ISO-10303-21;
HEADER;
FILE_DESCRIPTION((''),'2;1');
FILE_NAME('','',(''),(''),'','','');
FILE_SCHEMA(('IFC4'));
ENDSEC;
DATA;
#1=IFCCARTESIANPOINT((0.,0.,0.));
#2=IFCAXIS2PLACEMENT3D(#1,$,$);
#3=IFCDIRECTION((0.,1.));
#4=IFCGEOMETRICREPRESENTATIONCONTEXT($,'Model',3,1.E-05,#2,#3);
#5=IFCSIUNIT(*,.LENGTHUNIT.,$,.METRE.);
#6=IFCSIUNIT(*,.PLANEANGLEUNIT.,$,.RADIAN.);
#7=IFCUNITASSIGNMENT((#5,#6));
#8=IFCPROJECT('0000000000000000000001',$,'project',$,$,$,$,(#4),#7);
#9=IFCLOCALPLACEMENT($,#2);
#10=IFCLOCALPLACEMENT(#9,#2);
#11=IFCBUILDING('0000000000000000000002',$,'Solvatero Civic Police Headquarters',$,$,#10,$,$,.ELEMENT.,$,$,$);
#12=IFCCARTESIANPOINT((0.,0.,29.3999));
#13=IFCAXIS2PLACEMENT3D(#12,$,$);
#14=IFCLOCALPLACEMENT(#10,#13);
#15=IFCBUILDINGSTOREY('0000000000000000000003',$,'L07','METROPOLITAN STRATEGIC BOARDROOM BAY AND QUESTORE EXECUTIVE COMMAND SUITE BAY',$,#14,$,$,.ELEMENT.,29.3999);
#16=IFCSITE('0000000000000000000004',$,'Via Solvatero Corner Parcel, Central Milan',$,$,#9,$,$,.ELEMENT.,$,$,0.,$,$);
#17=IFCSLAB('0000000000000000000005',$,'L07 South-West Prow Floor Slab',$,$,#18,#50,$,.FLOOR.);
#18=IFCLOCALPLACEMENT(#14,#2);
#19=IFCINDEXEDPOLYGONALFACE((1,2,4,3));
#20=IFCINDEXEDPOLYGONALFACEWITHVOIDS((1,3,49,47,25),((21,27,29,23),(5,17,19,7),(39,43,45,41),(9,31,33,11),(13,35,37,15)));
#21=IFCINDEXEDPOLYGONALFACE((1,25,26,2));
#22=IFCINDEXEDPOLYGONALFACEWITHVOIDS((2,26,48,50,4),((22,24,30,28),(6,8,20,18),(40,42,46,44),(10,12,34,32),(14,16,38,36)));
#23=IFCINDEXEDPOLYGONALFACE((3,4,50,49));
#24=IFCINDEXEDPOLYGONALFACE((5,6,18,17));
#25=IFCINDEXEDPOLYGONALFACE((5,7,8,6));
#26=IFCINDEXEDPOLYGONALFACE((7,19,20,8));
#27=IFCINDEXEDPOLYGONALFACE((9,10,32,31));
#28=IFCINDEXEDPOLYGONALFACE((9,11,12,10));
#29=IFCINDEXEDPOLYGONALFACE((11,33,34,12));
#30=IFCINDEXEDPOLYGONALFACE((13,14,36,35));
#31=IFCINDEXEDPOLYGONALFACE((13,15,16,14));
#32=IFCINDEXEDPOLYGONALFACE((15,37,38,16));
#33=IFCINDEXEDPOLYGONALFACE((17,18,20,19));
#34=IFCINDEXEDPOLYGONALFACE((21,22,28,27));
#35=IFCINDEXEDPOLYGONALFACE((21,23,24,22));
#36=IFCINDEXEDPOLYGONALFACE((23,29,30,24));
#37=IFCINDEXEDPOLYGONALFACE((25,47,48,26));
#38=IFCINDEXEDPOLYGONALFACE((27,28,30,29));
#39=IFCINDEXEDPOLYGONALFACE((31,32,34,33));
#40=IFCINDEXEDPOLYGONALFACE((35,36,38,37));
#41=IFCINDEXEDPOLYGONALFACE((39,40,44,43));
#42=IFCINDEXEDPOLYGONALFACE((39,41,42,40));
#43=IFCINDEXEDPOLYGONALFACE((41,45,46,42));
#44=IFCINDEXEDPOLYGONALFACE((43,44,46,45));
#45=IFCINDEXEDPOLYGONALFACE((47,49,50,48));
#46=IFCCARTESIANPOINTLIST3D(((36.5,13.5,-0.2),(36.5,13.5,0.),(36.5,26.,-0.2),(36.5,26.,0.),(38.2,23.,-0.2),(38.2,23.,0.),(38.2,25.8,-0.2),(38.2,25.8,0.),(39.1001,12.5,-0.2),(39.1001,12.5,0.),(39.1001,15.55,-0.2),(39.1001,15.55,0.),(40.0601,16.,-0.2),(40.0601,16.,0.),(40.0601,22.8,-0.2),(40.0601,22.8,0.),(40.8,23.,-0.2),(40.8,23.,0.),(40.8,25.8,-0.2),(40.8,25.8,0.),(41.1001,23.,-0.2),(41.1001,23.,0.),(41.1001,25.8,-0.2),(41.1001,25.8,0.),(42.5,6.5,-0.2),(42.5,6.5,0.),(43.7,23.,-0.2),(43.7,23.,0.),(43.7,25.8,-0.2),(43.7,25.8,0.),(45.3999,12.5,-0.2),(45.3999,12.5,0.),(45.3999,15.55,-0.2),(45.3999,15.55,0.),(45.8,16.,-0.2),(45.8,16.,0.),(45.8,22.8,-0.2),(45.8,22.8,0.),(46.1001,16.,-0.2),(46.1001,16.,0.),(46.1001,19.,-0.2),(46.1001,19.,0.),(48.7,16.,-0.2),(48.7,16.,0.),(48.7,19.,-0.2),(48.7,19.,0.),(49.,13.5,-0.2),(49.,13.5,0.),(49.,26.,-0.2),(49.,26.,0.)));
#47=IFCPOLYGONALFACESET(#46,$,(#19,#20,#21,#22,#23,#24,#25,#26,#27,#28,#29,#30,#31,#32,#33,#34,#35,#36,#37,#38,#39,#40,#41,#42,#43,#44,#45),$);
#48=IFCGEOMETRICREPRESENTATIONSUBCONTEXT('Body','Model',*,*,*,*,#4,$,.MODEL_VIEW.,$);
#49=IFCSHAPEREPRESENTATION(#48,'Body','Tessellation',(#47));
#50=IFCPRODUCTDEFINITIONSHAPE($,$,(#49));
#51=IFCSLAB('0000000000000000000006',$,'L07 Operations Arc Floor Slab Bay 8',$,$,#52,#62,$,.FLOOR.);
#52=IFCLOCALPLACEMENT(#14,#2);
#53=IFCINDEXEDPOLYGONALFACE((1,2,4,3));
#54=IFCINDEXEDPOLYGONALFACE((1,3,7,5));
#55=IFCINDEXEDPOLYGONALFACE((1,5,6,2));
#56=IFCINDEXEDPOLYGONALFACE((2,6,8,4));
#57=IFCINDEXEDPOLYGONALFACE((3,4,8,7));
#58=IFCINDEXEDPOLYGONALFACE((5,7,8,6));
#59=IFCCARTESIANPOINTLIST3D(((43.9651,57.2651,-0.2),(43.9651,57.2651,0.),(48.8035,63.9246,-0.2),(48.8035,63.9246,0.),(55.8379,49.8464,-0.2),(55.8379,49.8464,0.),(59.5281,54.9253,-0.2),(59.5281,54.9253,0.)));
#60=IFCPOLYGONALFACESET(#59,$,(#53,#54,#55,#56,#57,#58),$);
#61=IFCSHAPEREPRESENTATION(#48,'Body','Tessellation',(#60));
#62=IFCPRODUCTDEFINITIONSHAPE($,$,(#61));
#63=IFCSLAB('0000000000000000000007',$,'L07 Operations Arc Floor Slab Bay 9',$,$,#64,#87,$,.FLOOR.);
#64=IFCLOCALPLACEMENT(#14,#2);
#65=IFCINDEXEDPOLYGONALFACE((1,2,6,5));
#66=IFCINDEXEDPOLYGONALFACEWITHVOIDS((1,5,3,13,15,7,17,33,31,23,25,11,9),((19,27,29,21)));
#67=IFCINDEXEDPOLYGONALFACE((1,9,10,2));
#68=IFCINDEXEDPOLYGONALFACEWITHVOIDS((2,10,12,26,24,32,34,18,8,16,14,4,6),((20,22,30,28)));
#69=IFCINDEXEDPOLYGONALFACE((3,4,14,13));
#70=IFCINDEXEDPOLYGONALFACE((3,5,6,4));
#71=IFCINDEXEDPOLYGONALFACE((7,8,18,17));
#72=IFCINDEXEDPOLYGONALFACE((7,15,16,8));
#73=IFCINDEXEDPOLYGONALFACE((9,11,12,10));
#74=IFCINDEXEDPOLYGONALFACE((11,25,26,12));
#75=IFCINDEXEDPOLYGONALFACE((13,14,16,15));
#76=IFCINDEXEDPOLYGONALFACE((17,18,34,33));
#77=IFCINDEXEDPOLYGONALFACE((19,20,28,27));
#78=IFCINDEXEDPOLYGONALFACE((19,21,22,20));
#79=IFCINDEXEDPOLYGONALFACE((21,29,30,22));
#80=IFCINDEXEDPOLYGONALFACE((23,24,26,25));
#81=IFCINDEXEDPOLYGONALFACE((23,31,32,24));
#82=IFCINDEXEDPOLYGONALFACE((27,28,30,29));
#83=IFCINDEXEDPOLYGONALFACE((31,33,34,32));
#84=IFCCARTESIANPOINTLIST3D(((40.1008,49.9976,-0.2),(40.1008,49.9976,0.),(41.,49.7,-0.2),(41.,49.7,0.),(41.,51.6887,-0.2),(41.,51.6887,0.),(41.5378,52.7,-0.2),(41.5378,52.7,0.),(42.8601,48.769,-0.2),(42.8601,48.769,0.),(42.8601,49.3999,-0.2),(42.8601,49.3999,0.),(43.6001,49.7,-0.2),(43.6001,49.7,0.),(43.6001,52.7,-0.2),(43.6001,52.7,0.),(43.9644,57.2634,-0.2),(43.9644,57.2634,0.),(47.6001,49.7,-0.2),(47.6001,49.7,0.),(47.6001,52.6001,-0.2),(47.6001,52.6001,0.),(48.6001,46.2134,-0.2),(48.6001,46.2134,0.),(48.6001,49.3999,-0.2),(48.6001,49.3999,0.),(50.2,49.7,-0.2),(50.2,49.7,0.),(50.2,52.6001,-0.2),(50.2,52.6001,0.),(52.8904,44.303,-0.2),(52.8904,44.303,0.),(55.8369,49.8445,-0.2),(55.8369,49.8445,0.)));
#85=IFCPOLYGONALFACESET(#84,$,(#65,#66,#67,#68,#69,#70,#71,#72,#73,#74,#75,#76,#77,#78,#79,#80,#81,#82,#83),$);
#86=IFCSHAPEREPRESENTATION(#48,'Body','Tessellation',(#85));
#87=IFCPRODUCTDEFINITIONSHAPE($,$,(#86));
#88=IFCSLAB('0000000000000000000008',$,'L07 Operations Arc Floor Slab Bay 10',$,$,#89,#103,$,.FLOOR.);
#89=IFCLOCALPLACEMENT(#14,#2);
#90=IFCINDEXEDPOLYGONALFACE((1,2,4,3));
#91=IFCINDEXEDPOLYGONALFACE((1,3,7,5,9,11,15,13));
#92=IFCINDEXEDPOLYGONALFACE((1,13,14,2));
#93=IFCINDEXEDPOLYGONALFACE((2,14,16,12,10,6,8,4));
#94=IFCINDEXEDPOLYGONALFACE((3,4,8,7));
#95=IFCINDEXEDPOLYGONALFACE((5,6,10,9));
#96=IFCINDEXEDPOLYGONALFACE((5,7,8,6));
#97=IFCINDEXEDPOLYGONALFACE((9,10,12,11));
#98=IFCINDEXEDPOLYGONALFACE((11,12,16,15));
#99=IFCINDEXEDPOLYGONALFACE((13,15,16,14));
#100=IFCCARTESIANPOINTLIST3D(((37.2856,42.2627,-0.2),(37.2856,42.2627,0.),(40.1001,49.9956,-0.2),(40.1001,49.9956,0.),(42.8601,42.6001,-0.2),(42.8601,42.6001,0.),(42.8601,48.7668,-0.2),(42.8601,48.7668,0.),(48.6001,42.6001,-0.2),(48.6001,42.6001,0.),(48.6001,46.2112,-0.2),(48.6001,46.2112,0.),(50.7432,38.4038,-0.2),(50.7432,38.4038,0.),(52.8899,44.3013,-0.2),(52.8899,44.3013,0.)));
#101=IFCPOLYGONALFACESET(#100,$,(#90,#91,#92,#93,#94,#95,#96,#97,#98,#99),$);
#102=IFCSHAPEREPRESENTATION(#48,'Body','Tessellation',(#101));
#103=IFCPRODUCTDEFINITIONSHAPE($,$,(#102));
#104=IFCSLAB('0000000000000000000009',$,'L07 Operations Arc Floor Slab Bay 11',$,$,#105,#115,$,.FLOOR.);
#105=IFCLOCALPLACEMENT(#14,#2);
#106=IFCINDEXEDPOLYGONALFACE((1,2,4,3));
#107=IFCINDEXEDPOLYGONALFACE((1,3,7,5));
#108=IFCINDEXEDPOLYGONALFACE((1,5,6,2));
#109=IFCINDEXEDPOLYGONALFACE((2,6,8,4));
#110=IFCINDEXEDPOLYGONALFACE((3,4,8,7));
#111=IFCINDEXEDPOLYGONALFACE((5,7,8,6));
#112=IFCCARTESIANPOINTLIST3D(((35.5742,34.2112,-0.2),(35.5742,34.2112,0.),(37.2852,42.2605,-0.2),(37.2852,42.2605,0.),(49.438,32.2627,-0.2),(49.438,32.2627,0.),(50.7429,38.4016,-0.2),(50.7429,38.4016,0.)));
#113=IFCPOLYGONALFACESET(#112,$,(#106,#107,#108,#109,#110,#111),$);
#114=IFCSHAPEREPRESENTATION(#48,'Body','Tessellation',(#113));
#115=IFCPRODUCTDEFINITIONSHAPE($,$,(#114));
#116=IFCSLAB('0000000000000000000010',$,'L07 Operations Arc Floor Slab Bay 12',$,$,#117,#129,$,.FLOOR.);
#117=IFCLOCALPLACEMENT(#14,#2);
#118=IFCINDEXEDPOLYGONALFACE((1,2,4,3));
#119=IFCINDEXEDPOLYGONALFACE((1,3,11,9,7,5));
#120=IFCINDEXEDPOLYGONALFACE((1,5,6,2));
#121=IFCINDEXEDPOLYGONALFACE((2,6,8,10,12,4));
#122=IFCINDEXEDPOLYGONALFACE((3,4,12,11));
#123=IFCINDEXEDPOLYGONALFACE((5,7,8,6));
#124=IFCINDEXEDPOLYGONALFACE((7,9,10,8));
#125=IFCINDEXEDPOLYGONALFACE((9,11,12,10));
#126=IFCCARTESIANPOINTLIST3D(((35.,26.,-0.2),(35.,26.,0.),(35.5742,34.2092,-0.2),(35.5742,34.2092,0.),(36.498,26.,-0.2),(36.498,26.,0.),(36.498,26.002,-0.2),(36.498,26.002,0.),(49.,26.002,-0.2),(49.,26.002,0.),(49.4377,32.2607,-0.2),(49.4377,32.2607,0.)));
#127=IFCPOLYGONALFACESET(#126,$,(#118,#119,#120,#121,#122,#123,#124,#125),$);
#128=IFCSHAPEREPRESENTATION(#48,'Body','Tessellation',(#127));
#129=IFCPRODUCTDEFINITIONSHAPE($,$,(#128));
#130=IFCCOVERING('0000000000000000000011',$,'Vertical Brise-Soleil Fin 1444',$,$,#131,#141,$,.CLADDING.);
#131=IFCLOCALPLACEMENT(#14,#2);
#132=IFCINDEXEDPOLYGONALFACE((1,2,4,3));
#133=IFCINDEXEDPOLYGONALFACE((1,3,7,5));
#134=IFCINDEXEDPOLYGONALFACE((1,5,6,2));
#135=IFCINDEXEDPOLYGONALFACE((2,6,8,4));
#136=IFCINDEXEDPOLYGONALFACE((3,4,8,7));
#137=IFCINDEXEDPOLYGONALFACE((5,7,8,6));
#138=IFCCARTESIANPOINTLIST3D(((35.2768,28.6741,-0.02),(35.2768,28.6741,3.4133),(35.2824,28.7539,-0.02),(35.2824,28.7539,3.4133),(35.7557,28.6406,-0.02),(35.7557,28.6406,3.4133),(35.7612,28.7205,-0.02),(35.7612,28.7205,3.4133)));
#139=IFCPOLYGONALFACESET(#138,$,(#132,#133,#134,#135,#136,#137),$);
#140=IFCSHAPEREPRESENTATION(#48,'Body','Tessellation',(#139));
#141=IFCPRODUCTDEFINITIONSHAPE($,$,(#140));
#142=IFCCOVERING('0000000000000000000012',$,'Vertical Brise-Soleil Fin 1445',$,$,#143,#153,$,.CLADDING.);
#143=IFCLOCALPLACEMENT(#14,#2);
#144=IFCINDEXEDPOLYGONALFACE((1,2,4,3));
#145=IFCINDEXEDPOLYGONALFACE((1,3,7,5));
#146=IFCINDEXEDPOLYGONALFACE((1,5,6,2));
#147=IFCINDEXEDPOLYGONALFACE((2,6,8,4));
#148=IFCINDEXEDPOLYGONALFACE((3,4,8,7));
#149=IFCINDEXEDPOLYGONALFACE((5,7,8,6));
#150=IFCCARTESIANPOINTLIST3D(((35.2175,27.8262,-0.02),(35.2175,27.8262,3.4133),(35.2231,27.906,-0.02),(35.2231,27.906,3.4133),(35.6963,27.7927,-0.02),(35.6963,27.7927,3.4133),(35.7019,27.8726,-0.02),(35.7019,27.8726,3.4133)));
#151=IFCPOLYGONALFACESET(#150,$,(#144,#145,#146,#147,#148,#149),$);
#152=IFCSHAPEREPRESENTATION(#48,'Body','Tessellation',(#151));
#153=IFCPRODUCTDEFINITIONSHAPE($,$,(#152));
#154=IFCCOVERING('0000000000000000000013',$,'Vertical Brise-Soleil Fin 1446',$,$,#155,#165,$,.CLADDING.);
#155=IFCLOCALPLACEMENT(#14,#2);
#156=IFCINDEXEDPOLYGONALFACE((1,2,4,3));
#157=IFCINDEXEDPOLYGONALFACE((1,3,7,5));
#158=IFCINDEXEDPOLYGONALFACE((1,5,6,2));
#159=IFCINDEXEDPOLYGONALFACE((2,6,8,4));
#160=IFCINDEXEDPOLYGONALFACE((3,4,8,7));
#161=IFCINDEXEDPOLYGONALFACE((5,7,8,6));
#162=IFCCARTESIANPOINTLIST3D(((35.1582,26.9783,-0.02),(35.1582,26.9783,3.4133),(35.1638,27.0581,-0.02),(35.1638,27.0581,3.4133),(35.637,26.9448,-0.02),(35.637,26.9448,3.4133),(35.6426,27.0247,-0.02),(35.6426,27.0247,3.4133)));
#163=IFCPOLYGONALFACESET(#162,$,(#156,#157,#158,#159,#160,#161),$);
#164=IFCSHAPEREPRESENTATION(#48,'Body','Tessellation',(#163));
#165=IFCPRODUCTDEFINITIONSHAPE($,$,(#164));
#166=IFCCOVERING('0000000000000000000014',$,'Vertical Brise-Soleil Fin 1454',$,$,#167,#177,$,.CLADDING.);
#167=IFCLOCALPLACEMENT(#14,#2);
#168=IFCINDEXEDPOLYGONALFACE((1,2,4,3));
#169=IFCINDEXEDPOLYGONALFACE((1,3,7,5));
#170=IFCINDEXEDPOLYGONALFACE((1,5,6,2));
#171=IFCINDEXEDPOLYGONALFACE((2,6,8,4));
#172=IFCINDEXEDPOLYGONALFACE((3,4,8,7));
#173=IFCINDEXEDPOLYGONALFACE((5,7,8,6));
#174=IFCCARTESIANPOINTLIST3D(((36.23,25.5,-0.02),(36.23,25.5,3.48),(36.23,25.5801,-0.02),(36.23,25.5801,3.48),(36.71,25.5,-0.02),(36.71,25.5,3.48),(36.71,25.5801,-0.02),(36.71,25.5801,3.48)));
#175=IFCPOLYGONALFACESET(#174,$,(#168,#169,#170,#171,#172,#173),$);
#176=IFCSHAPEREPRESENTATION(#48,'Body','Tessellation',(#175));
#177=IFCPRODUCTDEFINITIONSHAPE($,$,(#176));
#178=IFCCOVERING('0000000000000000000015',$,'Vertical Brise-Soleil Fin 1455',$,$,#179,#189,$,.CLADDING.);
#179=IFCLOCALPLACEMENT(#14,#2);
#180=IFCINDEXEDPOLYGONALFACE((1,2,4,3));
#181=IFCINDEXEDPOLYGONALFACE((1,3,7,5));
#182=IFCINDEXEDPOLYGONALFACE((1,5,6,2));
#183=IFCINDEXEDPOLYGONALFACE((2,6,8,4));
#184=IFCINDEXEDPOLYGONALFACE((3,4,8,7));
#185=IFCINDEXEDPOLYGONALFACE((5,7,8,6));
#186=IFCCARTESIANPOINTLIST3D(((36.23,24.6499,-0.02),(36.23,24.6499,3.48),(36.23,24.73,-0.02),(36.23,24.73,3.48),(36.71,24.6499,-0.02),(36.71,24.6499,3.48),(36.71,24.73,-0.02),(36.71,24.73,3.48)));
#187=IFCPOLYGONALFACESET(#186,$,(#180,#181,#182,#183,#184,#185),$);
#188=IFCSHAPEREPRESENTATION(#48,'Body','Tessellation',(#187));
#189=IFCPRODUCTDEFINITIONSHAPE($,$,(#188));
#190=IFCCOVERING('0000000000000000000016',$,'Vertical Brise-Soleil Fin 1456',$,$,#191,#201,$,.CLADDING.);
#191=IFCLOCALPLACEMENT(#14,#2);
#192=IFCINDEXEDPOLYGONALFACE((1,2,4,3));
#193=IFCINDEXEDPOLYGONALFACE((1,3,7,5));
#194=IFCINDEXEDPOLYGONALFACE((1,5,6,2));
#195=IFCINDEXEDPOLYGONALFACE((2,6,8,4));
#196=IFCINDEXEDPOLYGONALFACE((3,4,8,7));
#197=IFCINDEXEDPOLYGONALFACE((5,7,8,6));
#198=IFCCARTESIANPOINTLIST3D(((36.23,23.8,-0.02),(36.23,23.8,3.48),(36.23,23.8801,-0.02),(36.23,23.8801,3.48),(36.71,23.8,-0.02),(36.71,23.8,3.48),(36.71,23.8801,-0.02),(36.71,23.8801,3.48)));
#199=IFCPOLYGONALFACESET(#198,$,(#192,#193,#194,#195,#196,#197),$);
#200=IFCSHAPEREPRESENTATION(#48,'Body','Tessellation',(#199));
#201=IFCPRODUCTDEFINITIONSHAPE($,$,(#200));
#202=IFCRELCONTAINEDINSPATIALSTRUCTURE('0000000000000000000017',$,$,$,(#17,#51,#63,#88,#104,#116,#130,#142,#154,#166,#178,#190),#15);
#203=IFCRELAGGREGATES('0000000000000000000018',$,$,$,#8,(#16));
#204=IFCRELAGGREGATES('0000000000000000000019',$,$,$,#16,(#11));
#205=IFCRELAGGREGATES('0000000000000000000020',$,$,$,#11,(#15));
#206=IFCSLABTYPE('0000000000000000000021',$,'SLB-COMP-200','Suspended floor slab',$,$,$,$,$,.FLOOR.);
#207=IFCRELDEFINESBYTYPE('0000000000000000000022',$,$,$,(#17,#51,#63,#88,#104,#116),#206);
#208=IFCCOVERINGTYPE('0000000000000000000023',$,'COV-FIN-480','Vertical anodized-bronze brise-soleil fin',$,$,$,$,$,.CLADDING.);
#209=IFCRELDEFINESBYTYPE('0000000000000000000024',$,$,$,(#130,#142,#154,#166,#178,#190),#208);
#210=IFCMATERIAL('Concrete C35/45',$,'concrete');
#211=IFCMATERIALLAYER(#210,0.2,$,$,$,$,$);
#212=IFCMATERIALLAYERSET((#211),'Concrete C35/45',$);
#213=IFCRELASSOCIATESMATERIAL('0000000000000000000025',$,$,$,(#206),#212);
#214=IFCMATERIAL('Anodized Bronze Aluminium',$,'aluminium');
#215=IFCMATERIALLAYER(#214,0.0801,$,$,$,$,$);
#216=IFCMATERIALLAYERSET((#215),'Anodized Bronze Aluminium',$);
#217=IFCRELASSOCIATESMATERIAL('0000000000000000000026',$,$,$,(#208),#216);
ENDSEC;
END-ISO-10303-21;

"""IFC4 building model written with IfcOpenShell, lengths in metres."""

from ifc_helpers import new_model, si_unit, direction, frame, origin, origin_2d, place, context, subcontext, project, spatial, polyline, rectangle, outline, extrude, material, layer, layer_set, type_object, element, save


model = new_model("IFC4")

# Units and contexts
model_context = context("Model", 3, precision=1e-05, world=origin(), true_north=direction((0.0, 1.0)))
body_context = subcontext(model_context, "Body", "Model", "MODEL_VIEW")
ifc_project = project(units=[si_unit("LENGTHUNIT", "METRE"), si_unit("PLANEANGLEUNIT", "RADIAN")], contexts=[model_context])

# Site, building, storey
site_placement = place(None, origin())
site = spatial("IfcSite", under=ifc_project, at=site_placement, Name="Via Solvatero Corner Parcel, Central Milan", CompositionType="ELEMENT", RefElevation=0.0)
building_placement = place(site_placement, origin())
building = spatial("IfcBuilding", under=site, at=building_placement, Name="Solvatero Civic Police Headquarters", CompositionType="ELEMENT")
storey_placement = place(building_placement, frame((0.0, 0.0, 29.3999)))
storey = spatial("IfcBuildingStorey", under=building, at=storey_placement, Name="L07", Description="METROPOLITAN STRATEGIC BOARDROOM BAY AND QUESTORE EXECUTIVE COMMAND SUITE BAY", CompositionType="ELEMENT", Elevation=29.3999)

# Shared definitions
ifc_material_1 = material(Name="Anodized Bronze Aluminium", Category="aluminium")

# Slabs
ifc_material_2 = material(Name="Concrete C35/45", Category="concrete")
ifc_layer_1 = layer(ifc_material_2, 0.2)
ifc_layer_set_1 = layer_set([ifc_layer_1], Name="Concrete C35/45")
slab_type = type_object("IfcSlabType", Name="SLB-COMP-200", Description="Suspended floor slab", PredefinedType="FLOOR", material=ifc_layer_set_1)
slab_1_placement = place(storey_placement, frame((0.0, 0.0, -0.2)))
element("IfcSlab", 1, at=slab_1_placement, inside=storey, type_object=slab_type, Name="L07 South-West Prow Floor Slab", PredefinedType="FLOOR", context=body_context, shape_type="SweptSolid", body=[
    extrude(outline(polyline([(49.0, 13.5), (42.5, 6.5), (36.5, 13.5), (36.5, 26.0), (49.0, 26.0), (49.0, 13.5)]), holes=[polyline([(39.1001, 12.5), (45.3999, 12.5), (45.3999, 15.55), (39.1001, 15.55), (39.1001, 12.5)]), polyline([(46.1001, 16.0), (48.7, 16.0), (48.7, 19.0), (46.1001, 19.0), (46.1001, 16.0)]), polyline([(40.0601, 16.0), (45.8, 16.0), (45.8, 22.8), (40.0601, 22.8), (40.0601, 16.0)]), polyline([(38.2, 25.8), (38.2, 23.0), (40.8, 23.0), (40.8, 25.8), (38.2, 25.8)]), polyline([(41.1001, 25.8), (41.1001, 23.0), (43.7, 23.0), (43.7, 25.8), (41.1001, 25.8)])]), origin(), (0.0, 0.0, 1.0), 0.2),
])
slab_2_placement = place(storey_placement, frame((0.0, 0.0, -0.2)))
element("IfcSlab", 2, at=slab_2_placement, inside=storey, type_object=slab_type, Name="L07 Operations Arc Floor Slab Bay 8", PredefinedType="FLOOR", context=body_context, shape_type="SweptSolid", body=[
    extrude(outline(polyline([(48.8035, 63.9246), (59.5281, 54.9253), (55.8379, 49.8464), (43.9651, 57.2651), (48.8035, 63.9246)])), origin(), (0.0, 0.0, 1.0), 0.2),
])
slab_3_placement = place(storey_placement, frame((0.0, 0.0, -0.2)))
element("IfcSlab", 3, at=slab_3_placement, inside=storey, type_object=slab_type, Name="L07 Operations Arc Floor Slab Bay 9", PredefinedType="FLOOR", context=body_context, shape_type="SweptSolid", body=[
    extrude(outline(polyline([(52.8904, 44.303), (48.6001, 46.2134), (48.6001, 49.3999), (42.8601, 49.3999), (42.8601, 48.769), (40.1008, 49.9976), (41.0, 51.6887), (41.0, 49.7), (43.6001, 49.7), (43.6001, 52.7), (41.5378, 52.7), (43.9644, 57.2634), (55.8369, 49.8445), (52.8904, 44.303)]), holes=[polyline([(50.2, 49.7), (50.2, 52.6001), (47.6001, 52.6001), (47.6001, 49.7), (50.2, 49.7)])]), origin(), (0.0, 0.0, 1.0), 0.2),
])
slab_4_placement = place(storey_placement, frame((0.0, 0.0, -0.2)))
element("IfcSlab", 4, at=slab_4_placement, inside=storey, type_object=slab_type, Name="L07 Operations Arc Floor Slab Bay 10", PredefinedType="FLOOR", context=body_context, shape_type="SweptSolid", body=[
    extrude(outline(polyline([(37.2856, 42.2627), (40.1001, 49.9956), (42.8601, 48.7668), (42.8601, 42.6001), (48.6001, 42.6001), (48.6001, 46.2112), (52.8899, 44.3013), (50.7432, 38.4038), (37.2856, 42.2627)])), origin(), (0.0, 0.0, 1.0), 0.2),
])
slab_5_placement = place(storey_placement, frame((0.0, 0.0, -0.2)))
element("IfcSlab", 5, at=slab_5_placement, inside=storey, type_object=slab_type, Name="L07 Operations Arc Floor Slab Bay 11", PredefinedType="FLOOR", context=body_context, shape_type="SweptSolid", body=[
    extrude(outline(polyline([(37.2852, 42.2605), (50.7429, 38.4016), (49.438, 32.2627), (35.5742, 34.2112), (37.2852, 42.2605)])), origin(), (0.0, 0.0, 1.0), 0.2),
])
slab_6_placement = place(storey_placement, frame((0.0, 0.0, -0.2)))
element("IfcSlab", 6, at=slab_6_placement, inside=storey, type_object=slab_type, Name="L07 Operations Arc Floor Slab Bay 12", PredefinedType="FLOOR", context=body_context, shape_type="SweptSolid", body=[
    extrude(outline(polyline([(35.5742, 34.2092), (49.4377, 32.2607), (49.0, 26.002), (36.498, 26.002), (36.498, 26.0), (35.0, 26.0), (35.5742, 34.2092)])), origin(), (0.0, 0.0, 1.0), 0.2),
])

# Coverings
ifc_layer_2 = layer(ifc_material_1, 0.0801)
ifc_layer_set_2 = layer_set([ifc_layer_2], Name="Anodized Bronze Aluminium")
covering_type_1 = type_object("IfcCoveringType", Name="COV-FIN-480", Description="Vertical anodized-bronze brise-soleil fin", PredefinedType="CLADDING", material=ifc_layer_set_2)
for number, where, z_axis, x_axis, name in (
    (7, (35.519, 28.6973, -0.02), (0.0, 0.0, 1.0), (-0.069739, -0.997565, 0.0), "Vertical Brise-Soleil Fin 1444"),
    (8, (35.4597, 27.8494, -0.02), (0.0, 0.0, 1.0), (-0.069739, -0.997565, 0.0), "Vertical Brise-Soleil Fin 1445"),
    (9, (35.4004, 27.0015, -0.02), (0.0, 0.0, 1.0), (-0.069739, -0.997565, 0.0), "Vertical Brise-Soleil Fin 1446"),
):
    element("IfcCovering", number, at=place(storey_placement, frame(where, z_axis=z_axis, x_axis=x_axis)), inside=storey, type_object=covering_type_1, Name=name, PredefinedType="CLADDING", context=body_context, shape_type="SweptSolid", body=[
        extrude(rectangle(XDim=0.0801, YDim=0.48, at=origin_2d()), origin(), (0.0, 0.0, 1.0), 3.4333),
    ])
for number, where, z_axis, x_axis, name in (
    (10, (36.47, 25.54, -0.02), (0.0, 0.0, 1.0), (0.0, -1.0, 0.0), "Vertical Brise-Soleil Fin 1454"),
    (11, (36.47, 24.6899, -0.02), (0.0, 0.0, 1.0), (0.0, -1.0, 0.0), "Vertical Brise-Soleil Fin 1455"),
    (12, (36.47, 23.8401, -0.02), (0.0, 0.0, 1.0), (0.0, -1.0, 0.0), "Vertical Brise-Soleil Fin 1456"),
):
    element("IfcCovering", number, at=place(storey_placement, frame(where, z_axis=z_axis, x_axis=x_axis)), inside=storey, type_object=covering_type_1, Name=name, PredefinedType="CLADDING", context=body_context, shape_type="SweptSolid", body=[
        extrude(rectangle(XDim=0.0801, YDim=0.48, at=origin_2d()), origin(), (0.0, 0.0, 1.0), 3.5),
    ])

save(model, "model.ifc")
